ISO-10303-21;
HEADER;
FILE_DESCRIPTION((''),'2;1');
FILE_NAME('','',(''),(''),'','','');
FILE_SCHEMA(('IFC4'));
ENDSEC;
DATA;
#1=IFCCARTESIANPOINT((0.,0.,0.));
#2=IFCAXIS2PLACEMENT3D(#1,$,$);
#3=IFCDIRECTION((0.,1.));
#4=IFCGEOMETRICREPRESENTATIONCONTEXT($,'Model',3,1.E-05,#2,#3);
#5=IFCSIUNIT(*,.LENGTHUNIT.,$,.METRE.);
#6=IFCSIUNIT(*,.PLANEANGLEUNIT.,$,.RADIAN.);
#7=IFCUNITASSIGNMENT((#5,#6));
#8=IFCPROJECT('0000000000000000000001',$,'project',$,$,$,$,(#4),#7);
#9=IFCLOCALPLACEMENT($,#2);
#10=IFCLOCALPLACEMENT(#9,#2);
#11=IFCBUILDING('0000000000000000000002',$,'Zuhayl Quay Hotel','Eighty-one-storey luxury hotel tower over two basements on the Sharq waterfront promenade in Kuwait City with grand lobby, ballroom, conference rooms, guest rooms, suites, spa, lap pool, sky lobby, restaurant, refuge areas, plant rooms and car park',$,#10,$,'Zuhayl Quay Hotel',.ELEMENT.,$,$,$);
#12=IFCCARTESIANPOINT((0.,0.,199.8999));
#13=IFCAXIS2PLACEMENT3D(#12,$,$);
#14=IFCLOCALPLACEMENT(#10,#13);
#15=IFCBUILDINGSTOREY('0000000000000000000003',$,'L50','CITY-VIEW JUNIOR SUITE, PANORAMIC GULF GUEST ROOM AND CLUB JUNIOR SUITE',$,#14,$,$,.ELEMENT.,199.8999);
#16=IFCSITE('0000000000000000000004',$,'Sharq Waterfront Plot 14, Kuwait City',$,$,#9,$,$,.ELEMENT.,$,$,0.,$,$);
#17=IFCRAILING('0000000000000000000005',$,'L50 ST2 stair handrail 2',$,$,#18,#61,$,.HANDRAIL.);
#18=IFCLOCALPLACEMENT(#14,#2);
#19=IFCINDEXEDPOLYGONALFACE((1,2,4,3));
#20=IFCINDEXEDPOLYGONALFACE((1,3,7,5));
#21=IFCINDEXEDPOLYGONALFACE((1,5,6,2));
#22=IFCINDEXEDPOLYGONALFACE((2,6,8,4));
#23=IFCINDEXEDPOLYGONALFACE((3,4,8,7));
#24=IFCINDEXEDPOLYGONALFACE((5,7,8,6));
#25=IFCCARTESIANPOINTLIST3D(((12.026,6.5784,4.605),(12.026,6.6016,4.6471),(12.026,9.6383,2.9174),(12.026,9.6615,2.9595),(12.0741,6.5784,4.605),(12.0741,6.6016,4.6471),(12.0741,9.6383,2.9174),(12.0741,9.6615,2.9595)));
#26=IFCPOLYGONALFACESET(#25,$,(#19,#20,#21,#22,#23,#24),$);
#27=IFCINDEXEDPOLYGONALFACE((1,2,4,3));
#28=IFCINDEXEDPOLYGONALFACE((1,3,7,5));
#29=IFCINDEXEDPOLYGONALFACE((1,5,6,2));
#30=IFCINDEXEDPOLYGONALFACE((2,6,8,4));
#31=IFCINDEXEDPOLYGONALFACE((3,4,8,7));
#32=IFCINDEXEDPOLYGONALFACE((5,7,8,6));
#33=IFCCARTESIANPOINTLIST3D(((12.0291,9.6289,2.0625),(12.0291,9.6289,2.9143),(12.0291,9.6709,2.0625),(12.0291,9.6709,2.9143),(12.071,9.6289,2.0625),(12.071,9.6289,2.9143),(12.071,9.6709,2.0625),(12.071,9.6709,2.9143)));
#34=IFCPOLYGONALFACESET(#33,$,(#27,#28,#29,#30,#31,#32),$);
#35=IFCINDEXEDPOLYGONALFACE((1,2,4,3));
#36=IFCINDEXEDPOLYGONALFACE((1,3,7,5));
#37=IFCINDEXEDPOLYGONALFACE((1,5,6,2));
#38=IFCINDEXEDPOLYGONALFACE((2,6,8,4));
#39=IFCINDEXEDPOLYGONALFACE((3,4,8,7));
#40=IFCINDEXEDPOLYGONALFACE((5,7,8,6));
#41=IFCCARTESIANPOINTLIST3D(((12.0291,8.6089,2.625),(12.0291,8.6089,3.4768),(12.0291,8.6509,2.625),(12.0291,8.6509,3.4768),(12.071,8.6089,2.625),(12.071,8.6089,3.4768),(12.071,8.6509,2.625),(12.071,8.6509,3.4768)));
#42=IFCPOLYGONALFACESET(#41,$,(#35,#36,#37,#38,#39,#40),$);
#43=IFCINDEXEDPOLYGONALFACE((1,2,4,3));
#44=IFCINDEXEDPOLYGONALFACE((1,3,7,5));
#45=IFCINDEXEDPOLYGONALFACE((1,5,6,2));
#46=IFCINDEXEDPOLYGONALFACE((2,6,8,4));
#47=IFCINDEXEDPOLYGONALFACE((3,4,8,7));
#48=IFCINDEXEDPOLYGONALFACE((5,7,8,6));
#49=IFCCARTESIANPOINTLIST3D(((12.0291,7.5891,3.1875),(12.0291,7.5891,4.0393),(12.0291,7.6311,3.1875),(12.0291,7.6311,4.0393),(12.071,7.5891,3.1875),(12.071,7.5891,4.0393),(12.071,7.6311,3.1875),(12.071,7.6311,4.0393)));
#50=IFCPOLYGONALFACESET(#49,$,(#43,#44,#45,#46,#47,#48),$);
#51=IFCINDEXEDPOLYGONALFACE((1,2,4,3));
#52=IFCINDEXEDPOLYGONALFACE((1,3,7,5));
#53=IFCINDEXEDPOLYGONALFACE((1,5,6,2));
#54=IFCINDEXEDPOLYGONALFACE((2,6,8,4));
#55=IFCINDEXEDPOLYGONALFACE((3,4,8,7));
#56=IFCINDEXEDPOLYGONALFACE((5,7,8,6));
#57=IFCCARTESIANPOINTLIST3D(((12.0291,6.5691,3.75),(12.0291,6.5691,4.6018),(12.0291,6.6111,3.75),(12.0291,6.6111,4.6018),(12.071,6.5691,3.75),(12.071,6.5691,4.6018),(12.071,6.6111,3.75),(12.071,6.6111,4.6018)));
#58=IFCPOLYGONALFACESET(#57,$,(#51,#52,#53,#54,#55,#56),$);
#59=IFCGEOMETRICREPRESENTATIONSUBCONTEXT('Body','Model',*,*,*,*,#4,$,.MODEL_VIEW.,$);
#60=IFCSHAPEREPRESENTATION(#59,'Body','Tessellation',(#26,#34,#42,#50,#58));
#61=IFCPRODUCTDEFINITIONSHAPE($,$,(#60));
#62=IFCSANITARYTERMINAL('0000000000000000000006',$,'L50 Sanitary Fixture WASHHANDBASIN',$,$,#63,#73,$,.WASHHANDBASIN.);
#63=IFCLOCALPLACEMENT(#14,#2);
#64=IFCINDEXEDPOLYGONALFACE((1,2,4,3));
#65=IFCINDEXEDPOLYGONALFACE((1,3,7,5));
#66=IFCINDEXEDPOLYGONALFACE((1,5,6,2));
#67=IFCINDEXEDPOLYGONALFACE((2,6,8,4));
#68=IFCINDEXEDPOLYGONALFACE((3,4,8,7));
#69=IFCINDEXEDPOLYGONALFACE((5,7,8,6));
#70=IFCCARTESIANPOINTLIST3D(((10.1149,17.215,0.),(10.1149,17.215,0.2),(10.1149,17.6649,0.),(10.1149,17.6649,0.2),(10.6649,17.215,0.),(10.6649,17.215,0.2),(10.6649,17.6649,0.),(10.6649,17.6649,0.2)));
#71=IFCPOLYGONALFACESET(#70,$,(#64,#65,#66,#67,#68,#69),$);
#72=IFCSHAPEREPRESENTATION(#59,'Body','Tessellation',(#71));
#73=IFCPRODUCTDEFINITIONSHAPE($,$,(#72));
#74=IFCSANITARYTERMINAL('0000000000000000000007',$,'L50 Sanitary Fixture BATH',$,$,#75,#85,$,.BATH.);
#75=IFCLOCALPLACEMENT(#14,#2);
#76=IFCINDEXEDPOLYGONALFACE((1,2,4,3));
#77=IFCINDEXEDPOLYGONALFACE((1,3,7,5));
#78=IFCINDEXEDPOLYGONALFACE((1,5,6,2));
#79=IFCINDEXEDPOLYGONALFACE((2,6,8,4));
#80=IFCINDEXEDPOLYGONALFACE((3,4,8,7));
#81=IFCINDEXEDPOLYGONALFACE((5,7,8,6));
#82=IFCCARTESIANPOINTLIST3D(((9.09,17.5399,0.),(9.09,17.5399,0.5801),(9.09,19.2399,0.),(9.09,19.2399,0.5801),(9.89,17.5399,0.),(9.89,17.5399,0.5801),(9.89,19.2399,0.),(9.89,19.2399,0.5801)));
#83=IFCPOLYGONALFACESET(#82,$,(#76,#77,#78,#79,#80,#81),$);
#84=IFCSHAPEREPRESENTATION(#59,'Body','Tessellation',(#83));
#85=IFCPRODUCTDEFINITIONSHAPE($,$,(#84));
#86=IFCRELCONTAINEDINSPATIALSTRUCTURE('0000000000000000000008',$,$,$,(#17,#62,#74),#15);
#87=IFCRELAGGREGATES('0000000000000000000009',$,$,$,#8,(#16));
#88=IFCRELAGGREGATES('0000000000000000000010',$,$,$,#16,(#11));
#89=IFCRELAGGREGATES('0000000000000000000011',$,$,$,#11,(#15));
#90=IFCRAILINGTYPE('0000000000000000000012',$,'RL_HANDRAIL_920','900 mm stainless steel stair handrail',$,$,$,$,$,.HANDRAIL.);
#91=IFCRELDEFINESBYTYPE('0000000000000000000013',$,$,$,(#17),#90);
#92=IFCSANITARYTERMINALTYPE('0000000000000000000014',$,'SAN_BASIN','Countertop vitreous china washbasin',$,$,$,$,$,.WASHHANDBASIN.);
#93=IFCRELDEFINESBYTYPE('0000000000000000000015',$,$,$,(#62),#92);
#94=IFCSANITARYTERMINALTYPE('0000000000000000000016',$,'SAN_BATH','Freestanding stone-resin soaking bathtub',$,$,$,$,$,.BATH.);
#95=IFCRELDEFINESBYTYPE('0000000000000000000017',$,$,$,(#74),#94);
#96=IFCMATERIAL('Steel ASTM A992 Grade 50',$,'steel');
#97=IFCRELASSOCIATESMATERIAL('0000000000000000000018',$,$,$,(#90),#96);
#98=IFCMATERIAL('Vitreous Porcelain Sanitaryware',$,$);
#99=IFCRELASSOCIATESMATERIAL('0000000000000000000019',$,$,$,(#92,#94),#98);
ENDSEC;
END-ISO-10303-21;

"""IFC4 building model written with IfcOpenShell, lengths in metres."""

from ifc_helpers import new_model, si_unit, direction, frame, origin, origin_2d, place, context, subcontext, project, spatial, rectangle, extrude, material, type_object, element, save


model = new_model("IFC4")

# Units and contexts
model_context = context("Model", 3, precision=1e-05, world=origin(), true_north=direction((0.0, 1.0)))
body_context = subcontext(model_context, "Body", "Model", "MODEL_VIEW")
ifc_project = project(units=[si_unit("LENGTHUNIT", "METRE"), si_unit("PLANEANGLEUNIT", "RADIAN")], contexts=[model_context])

# Site, building, storey
site_placement = place(None, origin())
site = spatial("IfcSite", under=ifc_project, at=site_placement, Name="Sharq Waterfront Plot 14, Kuwait City", CompositionType="ELEMENT", RefElevation=0.0)
building_placement = place(site_placement, origin())
building = spatial("IfcBuilding", under=site, at=building_placement, Name="Zuhayl Quay Hotel", Description="Eighty-one-storey luxury hotel tower over two basements on the Sharq waterfront promenade in Kuwait City with grand lobby, ballroom, conference rooms, guest rooms, suites, spa, lap pool, sky lobby, restaurant, refuge areas, plant rooms and car park", LongName="Zuhayl Quay Hotel", CompositionType="ELEMENT")
storey_placement = place(building_placement, frame((0.0, 0.0, 199.8999)))
storey = spatial("IfcBuildingStorey", under=building, at=storey_placement, Name="L50", Description="CITY-VIEW JUNIOR SUITE, PANORAMIC GULF GUEST ROOM AND CLUB JUNIOR SUITE", CompositionType="ELEMENT", Elevation=199.8999)

# Shared definitions
ifc_material_1 = material(Name="Steel ASTM A992 Grade 50", Category="steel")

# Railing
railing_type_1 = type_object("IfcRailingType", Name="RL_HANDRAIL_920", Description="900 mm stainless steel stair handrail", PredefinedType="HANDRAIL", material=ifc_material_1)
railing_1_placement = place(storey_placement, frame((12.05, 9.6499, 2.0625)))
element("IfcRailing", 1, at=railing_1_placement, inside=storey, type_object=railing_type_1, Name="L50 ST2 stair handrail 2", PredefinedType="HANDRAIL", context=body_context, shape_type="SweptSolid", body=[
    extrude(rectangle(XDim=0.0481, YDim=0.0481, at=origin_2d()), frame((0.0, 0.0, 0.876), z_axis=(0.0, -0.875659, 0.48293), x_axis=(1.0, 0.0, 0.0)), (0.0, 0.0, 1.0), 3.4944),
    extrude(rectangle(XDim=0.042, YDim=0.042, at=origin_2d()), origin(), (0.0, 0.0, 1.0), 0.8518),
    extrude(rectangle(XDim=0.042, YDim=0.042, at=origin_2d()), frame((0.0, -1.02, 0.5625)), (0.0, 0.0, 1.0), 0.8518),
    extrude(rectangle(XDim=0.042, YDim=0.042, at=origin_2d()), frame((0.0, -2.0398, 1.125)), (0.0, 0.0, 1.0), 0.8518),
    extrude(rectangle(XDim=0.042, YDim=0.042, at=origin_2d()), frame((0.0, -3.0598, 1.6875)), (0.0, 0.0, 1.0), 0.8518),
])

# Sanitary terminals
ifc_material_2 = material(Name="Vitreous Porcelain Sanitaryware")
sanitary_terminal_type_1 = type_object("IfcSanitaryTerminalType", Name="SAN_BASIN", Description="Countertop vitreous china washbasin", PredefinedType="WASHHANDBASIN", material=ifc_material_2)
sanitary_terminal_1_placement = place(storey_placement, frame((10.3899, 17.4399, 0.0), z_axis=(0.0, 0.0, 1.0), x_axis=(1.0, 0.0, 0.0)))
element("IfcSanitaryTerminal", 2, at=sanitary_terminal_1_placement, inside=storey, type_object=sanitary_terminal_type_1, Name="L50 Sanitary Fixture WASHHANDBASIN", PredefinedType="WASHHANDBASIN", context=body_context, shape_type="SweptSolid", body=[
    extrude(rectangle(XDim=0.55, YDim=0.45, at=origin_2d()), origin(), (0.0, 0.0, 1.0), 0.2),
])
sanitary_terminal_type_2 = type_object("IfcSanitaryTerminalType", Name="SAN_BATH", Description="Freestanding stone-resin soaking bathtub", PredefinedType="BATH", material=ifc_material_2)
sanitary_terminal_2_placement = place(storey_placement, frame((9.49, 18.3899, 0.0), z_axis=(0.0, 0.0, 1.0), x_axis=(1.0, 0.0, 0.0)))
element("IfcSanitaryTerminal", 3, at=sanitary_terminal_2_placement, inside=storey, type_object=sanitary_terminal_type_2, Name="L50 Sanitary Fixture BATH", PredefinedType="BATH", context=body_context, shape_type="SweptSolid", body=[
    extrude(rectangle(XDim=0.8, YDim=1.7, at=origin_2d()), origin(), (0.0, 0.0, 1.0), 0.5801),
])

save(model, "model.ifc")
